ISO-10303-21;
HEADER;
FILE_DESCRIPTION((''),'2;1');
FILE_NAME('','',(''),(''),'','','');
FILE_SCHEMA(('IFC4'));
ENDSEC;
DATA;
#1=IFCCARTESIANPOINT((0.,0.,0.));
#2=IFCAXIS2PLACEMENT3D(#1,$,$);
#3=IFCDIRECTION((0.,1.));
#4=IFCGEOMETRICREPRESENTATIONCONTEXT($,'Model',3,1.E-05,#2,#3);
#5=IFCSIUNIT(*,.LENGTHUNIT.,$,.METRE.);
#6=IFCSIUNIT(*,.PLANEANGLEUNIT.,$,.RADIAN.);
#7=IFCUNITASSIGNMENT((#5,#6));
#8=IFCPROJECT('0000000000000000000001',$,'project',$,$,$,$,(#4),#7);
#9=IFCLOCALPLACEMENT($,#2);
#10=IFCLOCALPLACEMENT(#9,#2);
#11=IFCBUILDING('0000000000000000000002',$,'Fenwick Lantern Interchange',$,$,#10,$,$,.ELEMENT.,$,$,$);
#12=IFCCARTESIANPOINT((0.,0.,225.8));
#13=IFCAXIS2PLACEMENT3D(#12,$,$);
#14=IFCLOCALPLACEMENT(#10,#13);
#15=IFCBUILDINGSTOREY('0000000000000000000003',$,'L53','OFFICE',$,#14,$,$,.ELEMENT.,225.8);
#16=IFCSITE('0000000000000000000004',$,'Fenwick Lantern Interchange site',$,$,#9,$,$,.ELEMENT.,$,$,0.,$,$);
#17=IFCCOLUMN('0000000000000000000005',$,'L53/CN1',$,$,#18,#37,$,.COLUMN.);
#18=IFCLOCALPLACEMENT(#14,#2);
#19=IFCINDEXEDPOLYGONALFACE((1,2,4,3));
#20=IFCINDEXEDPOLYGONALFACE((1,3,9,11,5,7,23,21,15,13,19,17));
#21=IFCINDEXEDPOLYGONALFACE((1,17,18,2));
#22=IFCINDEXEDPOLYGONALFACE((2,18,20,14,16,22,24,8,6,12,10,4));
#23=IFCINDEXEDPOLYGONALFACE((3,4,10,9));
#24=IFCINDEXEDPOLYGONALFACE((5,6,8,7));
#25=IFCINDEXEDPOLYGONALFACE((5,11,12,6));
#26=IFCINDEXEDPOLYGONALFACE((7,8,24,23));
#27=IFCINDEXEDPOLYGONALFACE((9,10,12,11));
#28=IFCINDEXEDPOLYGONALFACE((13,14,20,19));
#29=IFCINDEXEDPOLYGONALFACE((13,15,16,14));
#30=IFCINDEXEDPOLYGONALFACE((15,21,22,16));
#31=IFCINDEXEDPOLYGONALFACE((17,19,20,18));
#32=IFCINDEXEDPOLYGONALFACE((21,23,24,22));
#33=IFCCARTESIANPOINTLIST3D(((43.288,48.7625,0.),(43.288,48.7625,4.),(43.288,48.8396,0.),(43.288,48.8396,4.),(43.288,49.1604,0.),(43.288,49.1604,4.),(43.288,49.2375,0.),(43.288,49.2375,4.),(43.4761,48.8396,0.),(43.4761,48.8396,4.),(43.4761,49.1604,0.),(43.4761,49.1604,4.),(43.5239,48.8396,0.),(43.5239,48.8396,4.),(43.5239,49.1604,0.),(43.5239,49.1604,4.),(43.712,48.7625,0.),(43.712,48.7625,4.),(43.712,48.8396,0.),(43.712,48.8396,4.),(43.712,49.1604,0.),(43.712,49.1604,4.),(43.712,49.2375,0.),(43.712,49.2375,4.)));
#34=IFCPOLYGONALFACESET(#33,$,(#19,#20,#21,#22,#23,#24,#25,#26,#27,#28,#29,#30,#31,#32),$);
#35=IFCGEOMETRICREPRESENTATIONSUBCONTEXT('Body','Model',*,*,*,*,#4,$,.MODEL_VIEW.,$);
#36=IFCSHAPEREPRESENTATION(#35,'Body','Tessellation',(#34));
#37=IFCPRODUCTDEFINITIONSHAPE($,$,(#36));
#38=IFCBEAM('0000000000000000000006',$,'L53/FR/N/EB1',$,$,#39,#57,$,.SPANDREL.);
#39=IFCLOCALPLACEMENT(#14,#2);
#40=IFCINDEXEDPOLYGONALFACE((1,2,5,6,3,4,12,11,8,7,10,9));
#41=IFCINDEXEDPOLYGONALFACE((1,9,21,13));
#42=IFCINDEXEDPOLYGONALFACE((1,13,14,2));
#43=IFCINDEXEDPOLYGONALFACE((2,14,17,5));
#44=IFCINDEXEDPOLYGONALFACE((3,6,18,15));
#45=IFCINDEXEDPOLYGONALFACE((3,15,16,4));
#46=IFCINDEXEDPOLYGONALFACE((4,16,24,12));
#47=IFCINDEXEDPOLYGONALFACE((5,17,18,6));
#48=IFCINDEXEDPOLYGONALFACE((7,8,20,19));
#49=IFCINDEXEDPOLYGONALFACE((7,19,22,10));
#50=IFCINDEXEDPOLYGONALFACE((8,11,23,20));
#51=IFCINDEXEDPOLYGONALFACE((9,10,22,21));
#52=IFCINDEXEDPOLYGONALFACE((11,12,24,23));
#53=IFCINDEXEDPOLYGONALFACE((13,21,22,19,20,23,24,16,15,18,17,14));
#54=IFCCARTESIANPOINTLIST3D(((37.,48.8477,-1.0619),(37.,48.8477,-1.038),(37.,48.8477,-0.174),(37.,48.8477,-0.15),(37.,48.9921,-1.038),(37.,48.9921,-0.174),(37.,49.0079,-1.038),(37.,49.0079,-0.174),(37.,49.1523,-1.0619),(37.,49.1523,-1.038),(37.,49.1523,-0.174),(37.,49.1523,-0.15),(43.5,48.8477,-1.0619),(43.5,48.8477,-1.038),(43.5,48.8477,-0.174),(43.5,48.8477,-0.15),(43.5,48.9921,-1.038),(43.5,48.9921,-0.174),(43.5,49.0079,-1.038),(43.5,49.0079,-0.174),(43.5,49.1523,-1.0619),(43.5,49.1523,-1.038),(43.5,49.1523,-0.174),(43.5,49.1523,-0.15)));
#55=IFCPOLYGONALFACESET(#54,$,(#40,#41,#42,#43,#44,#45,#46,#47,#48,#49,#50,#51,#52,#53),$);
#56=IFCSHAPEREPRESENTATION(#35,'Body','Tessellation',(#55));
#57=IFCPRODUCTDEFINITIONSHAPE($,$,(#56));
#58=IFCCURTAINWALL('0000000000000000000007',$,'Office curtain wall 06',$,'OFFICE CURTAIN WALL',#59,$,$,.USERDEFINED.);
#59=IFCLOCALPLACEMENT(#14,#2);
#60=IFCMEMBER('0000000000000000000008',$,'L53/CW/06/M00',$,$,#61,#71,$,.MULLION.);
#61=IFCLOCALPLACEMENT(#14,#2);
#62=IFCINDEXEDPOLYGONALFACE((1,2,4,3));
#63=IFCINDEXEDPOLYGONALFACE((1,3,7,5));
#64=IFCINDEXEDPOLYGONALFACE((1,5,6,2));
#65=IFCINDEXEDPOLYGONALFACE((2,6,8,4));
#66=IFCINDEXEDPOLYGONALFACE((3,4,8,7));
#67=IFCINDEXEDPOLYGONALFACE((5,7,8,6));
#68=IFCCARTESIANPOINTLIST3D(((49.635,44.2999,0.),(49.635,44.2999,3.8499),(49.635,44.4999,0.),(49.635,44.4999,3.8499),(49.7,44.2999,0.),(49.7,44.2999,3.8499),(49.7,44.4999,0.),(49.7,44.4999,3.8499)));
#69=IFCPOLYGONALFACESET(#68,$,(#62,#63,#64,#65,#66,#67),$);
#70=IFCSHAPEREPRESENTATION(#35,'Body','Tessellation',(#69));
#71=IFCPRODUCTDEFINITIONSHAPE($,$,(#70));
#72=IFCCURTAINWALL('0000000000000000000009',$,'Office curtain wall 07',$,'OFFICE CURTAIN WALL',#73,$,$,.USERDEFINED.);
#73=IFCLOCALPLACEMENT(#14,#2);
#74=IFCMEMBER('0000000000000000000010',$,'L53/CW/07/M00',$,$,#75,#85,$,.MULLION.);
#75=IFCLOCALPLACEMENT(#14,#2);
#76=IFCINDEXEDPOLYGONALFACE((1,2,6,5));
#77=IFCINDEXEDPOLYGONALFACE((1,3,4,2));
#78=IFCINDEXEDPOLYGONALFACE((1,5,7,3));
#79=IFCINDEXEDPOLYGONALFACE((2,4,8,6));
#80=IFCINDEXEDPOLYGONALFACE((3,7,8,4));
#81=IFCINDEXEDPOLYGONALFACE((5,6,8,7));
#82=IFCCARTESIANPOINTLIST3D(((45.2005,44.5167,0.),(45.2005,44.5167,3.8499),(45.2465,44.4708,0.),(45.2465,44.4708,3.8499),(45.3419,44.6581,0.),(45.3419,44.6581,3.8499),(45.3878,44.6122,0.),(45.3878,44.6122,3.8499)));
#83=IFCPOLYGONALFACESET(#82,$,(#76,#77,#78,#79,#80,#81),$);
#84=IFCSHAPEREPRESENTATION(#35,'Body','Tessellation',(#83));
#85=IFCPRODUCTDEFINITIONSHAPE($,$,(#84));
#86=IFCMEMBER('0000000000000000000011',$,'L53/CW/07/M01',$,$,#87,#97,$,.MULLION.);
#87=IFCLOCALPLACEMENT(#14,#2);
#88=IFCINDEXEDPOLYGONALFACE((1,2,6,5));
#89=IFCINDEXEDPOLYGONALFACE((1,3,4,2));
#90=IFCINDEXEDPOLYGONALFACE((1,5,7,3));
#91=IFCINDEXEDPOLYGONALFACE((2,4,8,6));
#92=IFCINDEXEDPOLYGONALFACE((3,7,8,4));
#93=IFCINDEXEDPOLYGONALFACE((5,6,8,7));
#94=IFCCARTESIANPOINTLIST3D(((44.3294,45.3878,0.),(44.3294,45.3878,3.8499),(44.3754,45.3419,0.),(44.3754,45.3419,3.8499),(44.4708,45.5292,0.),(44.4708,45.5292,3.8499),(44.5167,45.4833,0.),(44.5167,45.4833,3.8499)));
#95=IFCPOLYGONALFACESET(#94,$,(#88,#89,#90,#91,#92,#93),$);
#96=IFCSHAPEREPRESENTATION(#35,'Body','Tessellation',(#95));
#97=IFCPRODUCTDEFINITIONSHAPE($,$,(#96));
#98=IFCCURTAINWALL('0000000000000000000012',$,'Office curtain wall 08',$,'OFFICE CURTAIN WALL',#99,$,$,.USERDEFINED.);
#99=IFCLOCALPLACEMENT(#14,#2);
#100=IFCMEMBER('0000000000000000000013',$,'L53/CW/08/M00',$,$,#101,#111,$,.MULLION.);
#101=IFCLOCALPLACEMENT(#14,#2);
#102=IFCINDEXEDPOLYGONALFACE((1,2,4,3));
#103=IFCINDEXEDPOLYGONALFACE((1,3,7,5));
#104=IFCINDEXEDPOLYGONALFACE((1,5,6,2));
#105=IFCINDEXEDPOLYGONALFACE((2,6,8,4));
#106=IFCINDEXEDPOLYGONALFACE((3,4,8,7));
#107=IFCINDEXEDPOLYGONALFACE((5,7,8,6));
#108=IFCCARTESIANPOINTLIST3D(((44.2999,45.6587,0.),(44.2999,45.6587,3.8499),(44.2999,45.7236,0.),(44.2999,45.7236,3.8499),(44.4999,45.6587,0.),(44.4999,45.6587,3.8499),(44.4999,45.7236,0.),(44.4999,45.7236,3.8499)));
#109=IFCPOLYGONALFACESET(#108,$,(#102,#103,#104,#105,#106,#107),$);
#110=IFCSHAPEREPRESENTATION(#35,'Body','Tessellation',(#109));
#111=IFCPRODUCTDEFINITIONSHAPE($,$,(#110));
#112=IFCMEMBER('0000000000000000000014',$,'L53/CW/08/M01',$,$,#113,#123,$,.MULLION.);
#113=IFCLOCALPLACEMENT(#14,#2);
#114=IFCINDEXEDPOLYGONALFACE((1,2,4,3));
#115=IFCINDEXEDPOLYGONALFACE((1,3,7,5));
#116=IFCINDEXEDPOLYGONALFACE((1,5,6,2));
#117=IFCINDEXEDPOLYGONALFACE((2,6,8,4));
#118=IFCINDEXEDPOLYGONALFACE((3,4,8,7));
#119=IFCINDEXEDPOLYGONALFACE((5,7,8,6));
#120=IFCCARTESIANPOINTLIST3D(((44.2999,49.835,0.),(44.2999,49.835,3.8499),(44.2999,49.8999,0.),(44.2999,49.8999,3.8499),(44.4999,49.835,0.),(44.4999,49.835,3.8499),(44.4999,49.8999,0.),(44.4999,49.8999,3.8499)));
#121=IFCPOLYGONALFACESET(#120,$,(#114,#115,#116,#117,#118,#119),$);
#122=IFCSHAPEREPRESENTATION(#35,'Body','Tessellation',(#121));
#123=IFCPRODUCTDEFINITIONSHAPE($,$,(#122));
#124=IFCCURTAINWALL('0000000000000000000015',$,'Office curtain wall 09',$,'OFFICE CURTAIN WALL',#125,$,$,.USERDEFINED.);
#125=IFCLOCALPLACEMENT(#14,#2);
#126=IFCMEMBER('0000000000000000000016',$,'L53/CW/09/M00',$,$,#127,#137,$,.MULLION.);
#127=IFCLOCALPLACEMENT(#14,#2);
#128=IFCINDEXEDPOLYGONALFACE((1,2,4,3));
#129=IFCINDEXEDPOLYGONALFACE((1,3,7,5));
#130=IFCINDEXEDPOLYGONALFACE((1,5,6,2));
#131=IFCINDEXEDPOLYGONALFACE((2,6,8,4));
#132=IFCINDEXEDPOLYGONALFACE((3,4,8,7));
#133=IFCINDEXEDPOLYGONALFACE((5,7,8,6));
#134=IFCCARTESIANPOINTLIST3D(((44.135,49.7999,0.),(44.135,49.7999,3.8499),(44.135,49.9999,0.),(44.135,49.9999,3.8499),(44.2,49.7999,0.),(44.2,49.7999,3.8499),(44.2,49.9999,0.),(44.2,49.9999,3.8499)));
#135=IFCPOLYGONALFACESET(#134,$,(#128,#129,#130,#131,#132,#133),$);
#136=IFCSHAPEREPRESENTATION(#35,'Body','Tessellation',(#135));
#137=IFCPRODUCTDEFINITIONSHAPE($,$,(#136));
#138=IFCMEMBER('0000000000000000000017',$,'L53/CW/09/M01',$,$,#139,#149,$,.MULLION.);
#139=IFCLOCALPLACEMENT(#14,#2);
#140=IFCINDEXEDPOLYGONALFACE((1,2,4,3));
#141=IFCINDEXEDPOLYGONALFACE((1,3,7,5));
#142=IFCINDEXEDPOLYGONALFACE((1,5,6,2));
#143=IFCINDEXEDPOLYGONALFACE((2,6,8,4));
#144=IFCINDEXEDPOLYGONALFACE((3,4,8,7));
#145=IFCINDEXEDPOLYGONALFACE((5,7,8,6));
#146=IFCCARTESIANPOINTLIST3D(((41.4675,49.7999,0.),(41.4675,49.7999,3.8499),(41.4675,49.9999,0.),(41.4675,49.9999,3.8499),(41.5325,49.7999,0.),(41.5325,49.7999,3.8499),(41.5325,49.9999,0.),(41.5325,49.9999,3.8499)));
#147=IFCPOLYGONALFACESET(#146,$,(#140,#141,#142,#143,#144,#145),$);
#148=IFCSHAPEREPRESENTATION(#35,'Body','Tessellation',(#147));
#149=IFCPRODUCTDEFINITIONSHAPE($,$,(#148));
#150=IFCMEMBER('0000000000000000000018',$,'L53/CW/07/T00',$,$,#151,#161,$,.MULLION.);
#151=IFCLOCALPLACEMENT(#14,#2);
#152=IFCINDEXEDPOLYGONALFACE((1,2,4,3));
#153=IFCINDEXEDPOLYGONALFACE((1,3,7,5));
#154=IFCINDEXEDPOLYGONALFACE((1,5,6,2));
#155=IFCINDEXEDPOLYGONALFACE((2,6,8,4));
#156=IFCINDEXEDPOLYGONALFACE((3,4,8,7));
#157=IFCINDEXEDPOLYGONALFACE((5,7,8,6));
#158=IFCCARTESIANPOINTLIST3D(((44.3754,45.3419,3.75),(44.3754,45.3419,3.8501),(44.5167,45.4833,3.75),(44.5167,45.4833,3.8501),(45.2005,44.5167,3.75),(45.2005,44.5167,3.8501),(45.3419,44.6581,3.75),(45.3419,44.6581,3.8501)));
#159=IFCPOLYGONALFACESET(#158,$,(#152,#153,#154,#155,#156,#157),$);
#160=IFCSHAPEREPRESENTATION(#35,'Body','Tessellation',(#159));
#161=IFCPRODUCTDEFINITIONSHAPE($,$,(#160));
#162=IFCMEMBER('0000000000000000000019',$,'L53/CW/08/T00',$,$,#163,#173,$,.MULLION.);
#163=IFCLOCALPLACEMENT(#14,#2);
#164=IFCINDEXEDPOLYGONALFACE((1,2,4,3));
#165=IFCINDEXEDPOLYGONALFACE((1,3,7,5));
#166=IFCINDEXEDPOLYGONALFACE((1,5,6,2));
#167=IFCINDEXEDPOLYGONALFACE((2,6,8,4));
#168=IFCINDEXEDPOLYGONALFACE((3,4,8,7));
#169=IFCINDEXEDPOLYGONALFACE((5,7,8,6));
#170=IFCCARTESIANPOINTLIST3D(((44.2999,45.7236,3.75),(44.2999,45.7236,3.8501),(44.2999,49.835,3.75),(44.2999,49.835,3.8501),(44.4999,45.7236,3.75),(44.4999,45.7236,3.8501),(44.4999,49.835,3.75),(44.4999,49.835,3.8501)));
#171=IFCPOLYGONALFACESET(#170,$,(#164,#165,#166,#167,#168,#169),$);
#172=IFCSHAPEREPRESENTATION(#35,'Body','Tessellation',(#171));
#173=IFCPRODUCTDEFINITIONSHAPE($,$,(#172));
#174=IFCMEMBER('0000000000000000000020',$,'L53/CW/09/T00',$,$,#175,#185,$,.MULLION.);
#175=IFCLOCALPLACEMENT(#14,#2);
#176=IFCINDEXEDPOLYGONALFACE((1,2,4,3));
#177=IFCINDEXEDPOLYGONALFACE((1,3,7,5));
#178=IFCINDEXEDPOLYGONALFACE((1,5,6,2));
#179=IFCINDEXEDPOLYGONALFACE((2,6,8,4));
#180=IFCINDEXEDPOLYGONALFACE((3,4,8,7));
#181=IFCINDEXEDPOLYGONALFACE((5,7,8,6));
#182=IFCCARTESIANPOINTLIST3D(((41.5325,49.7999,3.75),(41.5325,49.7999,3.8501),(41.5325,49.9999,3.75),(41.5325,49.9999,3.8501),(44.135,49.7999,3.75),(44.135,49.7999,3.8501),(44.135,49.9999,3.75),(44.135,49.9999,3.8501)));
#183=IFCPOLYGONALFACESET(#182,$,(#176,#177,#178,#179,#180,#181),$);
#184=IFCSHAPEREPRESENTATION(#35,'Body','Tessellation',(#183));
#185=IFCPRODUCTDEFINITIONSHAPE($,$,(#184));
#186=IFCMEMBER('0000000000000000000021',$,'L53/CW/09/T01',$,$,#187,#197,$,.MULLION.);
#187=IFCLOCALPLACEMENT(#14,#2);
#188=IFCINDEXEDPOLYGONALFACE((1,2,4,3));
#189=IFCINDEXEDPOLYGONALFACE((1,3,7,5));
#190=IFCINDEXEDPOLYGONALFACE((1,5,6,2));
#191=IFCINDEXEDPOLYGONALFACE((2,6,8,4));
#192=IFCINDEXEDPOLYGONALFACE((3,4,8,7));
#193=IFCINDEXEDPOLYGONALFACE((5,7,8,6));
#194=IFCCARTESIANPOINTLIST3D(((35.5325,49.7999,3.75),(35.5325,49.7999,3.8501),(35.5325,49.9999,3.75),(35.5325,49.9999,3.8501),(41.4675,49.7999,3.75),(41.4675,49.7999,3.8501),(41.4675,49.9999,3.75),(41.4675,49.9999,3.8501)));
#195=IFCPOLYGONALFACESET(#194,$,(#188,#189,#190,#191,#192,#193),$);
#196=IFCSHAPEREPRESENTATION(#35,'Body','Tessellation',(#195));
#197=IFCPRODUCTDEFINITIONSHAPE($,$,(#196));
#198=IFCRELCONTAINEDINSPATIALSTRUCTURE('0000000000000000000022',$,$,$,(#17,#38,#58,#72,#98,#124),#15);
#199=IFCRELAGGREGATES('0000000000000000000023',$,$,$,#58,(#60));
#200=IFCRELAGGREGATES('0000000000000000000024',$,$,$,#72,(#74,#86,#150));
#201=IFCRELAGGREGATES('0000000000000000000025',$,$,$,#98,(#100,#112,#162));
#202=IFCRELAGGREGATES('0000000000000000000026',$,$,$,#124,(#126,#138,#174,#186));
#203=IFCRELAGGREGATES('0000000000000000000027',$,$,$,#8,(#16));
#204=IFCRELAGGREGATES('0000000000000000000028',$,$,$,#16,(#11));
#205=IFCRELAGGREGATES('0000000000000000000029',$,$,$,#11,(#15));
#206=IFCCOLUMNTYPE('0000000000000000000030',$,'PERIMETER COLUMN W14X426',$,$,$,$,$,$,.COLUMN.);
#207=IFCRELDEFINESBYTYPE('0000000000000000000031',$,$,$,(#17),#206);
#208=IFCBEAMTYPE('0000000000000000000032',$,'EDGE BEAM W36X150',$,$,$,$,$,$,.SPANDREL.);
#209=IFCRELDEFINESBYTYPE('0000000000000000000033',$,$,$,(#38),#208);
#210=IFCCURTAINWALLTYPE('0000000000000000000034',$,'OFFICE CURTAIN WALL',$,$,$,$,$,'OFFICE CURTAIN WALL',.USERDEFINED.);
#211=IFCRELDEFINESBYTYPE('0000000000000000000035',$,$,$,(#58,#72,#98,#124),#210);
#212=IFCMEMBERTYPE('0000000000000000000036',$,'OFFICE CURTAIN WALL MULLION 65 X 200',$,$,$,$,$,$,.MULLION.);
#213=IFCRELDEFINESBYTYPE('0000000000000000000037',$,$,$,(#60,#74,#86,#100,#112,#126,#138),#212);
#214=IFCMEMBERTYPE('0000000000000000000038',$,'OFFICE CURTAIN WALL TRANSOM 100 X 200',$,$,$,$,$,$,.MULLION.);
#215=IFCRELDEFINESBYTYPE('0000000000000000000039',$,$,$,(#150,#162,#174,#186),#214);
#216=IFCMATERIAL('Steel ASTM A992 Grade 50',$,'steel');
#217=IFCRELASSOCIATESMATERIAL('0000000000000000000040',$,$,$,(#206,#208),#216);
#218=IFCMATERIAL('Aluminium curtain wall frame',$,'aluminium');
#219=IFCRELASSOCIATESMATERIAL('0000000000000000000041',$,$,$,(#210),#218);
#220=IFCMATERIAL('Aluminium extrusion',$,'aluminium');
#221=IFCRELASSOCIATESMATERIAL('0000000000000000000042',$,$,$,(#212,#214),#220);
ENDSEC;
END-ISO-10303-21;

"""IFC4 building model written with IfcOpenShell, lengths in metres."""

from ifc_helpers import new_model, si_unit, direction, frame, origin, origin_2d, place, context, subcontext, project, spatial, rectangle, i_section, extrude, material, material_profile, profile_set, type_object, element, aggregate, save


model = new_model("IFC4")

# Units and contexts
model_context = context("Model", 3, precision=1e-05, world=origin(), true_north=direction((0.0, 1.0)))
body_context = subcontext(model_context, "Body", "Model", "MODEL_VIEW")
ifc_project = project(units=[si_unit("LENGTHUNIT", "METRE"), si_unit("PLANEANGLEUNIT", "RADIAN")], contexts=[model_context])

# Site, building, storey
site_placement = place(None, origin())
site = spatial("IfcSite", under=ifc_project, at=site_placement, Name="Fenwick Lantern Interchange site", CompositionType="ELEMENT", RefElevation=0.0)
building_placement = place(site_placement, origin())
building = spatial("IfcBuilding", under=site, at=building_placement, Name="Fenwick Lantern Interchange", CompositionType="ELEMENT")
storey_placement = place(building_placement, frame((0.0, 0.0, 225.8)))
storey = spatial("IfcBuildingStorey", under=building, at=storey_placement, Name="L53", Description="OFFICE", CompositionType="ELEMENT", Elevation=225.8)

# Column
ifc_material_1 = material(Name="Steel ASTM A992 Grade 50", Category="steel")
ifc_material_profile_1 = material_profile(ifc_material_1, i_section(OverallWidth=0.4241, OverallDepth=0.4751, WebThickness=0.0479, FlangeThickness=0.0771, at=origin_2d()), Name="W14X426")
ifc_profile_set_1 = profile_set([ifc_material_profile_1], Name="Steel ASTM A992 Grade 50")
column_type = type_object("IfcColumnType", Name="PERIMETER COLUMN W14X426", PredefinedType="COLUMN", material=ifc_profile_set_1)
column_placement = place(storey_placement, frame((43.5, 49.0, 0.0), z_axis=(0.0, 0.0, 1.0), x_axis=(1.0, 0.0, 0.0)))
element("IfcColumn", 1, at=column_placement, inside=storey, type_object=column_type, Name="L53/CN1", PredefinedType="COLUMN", context=body_context, shape_type="SweptSolid", body=[
    extrude(i_section(OverallWidth=0.4241, OverallDepth=0.4751, WebThickness=0.0479, FlangeThickness=0.0771, at=origin_2d()), origin(), (0.0, 0.0, 1.0), 4.0),
])

# Beam
ifc_material_profile_2 = material_profile(ifc_material_1, i_section(OverallWidth=0.3047, OverallDepth=0.9119, WebThickness=0.0159, FlangeThickness=0.0239, at=origin_2d()), Name="W36X150")
ifc_profile_set_2 = profile_set([ifc_material_profile_2], Name="Steel ASTM A992 Grade 50")
beam_type = type_object("IfcBeamType", Name="EDGE BEAM W36X150", PredefinedType="SPANDREL", material=ifc_profile_set_2)
beam_placement = place(storey_placement, frame((43.5, 49.0, -0.606), z_axis=(-1.0, 0.0, 0.0), x_axis=(0.0, -1.0, 0.0)))
element("IfcBeam", 2, at=beam_placement, inside=storey, type_object=beam_type, Name="L53/FR/N/EB1", PredefinedType="SPANDREL", context=body_context, shape_type="SweptSolid", body=[
    extrude(i_section(OverallWidth=0.3047, OverallDepth=0.9119, WebThickness=0.0159, FlangeThickness=0.0239, at=origin_2d()), origin(), (0.0, 0.0, 1.0), 6.5),
])

# Curtain wall, member
ifc_material_2 = material(Name="Aluminium curtain wall frame", Category="aluminium")
curtain_wall_type = type_object("IfcCurtainWallType", Name="OFFICE CURTAIN WALL", ElementType="OFFICE CURTAIN WALL", PredefinedType="USERDEFINED", material=ifc_material_2)
curtain_wall_1_placement = place(storey_placement, origin())
curtain_wall_1 = element("IfcCurtainWall", 3, at=curtain_wall_1_placement, inside=storey, type_object=curtain_wall_type, Name="Office curtain wall 06", ObjectType="OFFICE CURTAIN WALL", PredefinedType="USERDEFINED")
ifc_material_3 = material(Name="Aluminium extrusion", Category="aluminium")
ifc_material_profile_3 = material_profile(ifc_material_3, rectangle(XDim=0.2, YDim=0.0649, at=origin_2d()), Name="OFFICE CURTAIN WALL MULLION 65 X 200")
ifc_profile_set_3 = profile_set([ifc_material_profile_3], Name="Aluminium extrusion")
member_type_1 = type_object("IfcMemberType", Name="OFFICE CURTAIN WALL MULLION 65 X 200", PredefinedType="MULLION", material=ifc_profile_set_3)
member_1_placement = place(storey_placement, frame((49.6675, 44.3999, 0.0), z_axis=(0.0, 0.0, 1.0), x_axis=(0.0, -1.0, 0.0)))
member_1 = element("IfcMember", 4, at=member_1_placement, type_object=member_type_1, Name="L53/CW/06/M00", PredefinedType="MULLION", context=body_context, shape_type="SweptSolid", body=[
    extrude(rectangle(XDim=0.2, YDim=0.0649, at=origin_2d()), origin(), (0.0, 0.0, 1.0), 3.8499),
])
aggregate(curtain_wall_1, [member_1])

# Curtain walls, members
curtain_wall_2_placement = place(storey_placement, origin())
curtain_wall_2 = element("IfcCurtainWall", 5, at=curtain_wall_2_placement, inside=storey, type_object=curtain_wall_type, Name="Office curtain wall 07", ObjectType="OFFICE CURTAIN WALL", PredefinedType="USERDEFINED")
member_2_placement = place(storey_placement, frame((45.2942, 44.5645, 0.0), z_axis=(0.0, 0.0, 1.0), x_axis=(-0.707107, -0.707107, 0.0)))
member_2 = element("IfcMember", 6, at=member_2_placement, type_object=member_type_1, Name="L53/CW/07/M00", PredefinedType="MULLION", context=body_context, shape_type="SweptSolid", body=[
    extrude(rectangle(XDim=0.2, YDim=0.0649, at=origin_2d()), origin(), (0.0, 0.0, 1.0), 3.8499),
])
member_3_placement = place(storey_placement, frame((44.4231, 45.4355, 0.0), z_axis=(0.0, 0.0, 1.0), x_axis=(-0.707107, -0.707107, 0.0)))
member_3 = element("IfcMember", 7, at=member_3_placement, type_object=member_type_1, Name="L53/CW/07/M01", PredefinedType="MULLION", context=body_context, shape_type="SweptSolid", body=[
    extrude(rectangle(XDim=0.2, YDim=0.0649, at=origin_2d()), origin(), (0.0, 0.0, 1.0), 3.8499),
])
curtain_wall_3_placement = place(storey_placement, origin())
curtain_wall_3 = element("IfcCurtainWall", 8, at=curtain_wall_3_placement, inside=storey, type_object=curtain_wall_type, Name="Office curtain wall 08", ObjectType="OFFICE CURTAIN WALL", PredefinedType="USERDEFINED")
member_4_placement = place(storey_placement, frame((44.3999, 45.6912, 0.0), z_axis=(0.0, 0.0, 1.0), x_axis=(-1.0, 0.0, 0.0)))
member_4 = element("IfcMember", 9, at=member_4_placement, type_object=member_type_1, Name="L53/CW/08/M00", PredefinedType="MULLION", context=body_context, shape_type="SweptSolid", body=[
    extrude(rectangle(XDim=0.2, YDim=0.0649, at=origin_2d()), origin(), (0.0, 0.0, 1.0), 3.8499),
])
member_5_placement = place(storey_placement, frame((44.3999, 49.8674, 0.0), z_axis=(0.0, 0.0, 1.0), x_axis=(-1.0, 0.0, 0.0)))
member_5 = element("IfcMember", 10, at=member_5_placement, type_object=member_type_1, Name="L53/CW/08/M01", PredefinedType="MULLION", context=body_context, shape_type="SweptSolid", body=[
    extrude(rectangle(XDim=0.2, YDim=0.0649, at=origin_2d()), origin(), (0.0, 0.0, 1.0), 3.8499),
])
curtain_wall_4_placement = place(storey_placement, origin())
curtain_wall_4 = element("IfcCurtainWall", 11, at=curtain_wall_4_placement, inside=storey, type_object=curtain_wall_type, Name="Office curtain wall 09", ObjectType="OFFICE CURTAIN WALL", PredefinedType="USERDEFINED")
member_6_placement = place(storey_placement, frame((44.1675, 49.8999, 0.0), z_axis=(0.0, 0.0, 1.0), x_axis=(0.0, -1.0, 0.0)))
member_6 = element("IfcMember", 12, at=member_6_placement, type_object=member_type_1, Name="L53/CW/09/M00", PredefinedType="MULLION", context=body_context, shape_type="SweptSolid", body=[
    extrude(rectangle(XDim=0.2, YDim=0.0649, at=origin_2d()), origin(), (0.0, 0.0, 1.0), 3.8499),
])
member_7_placement = place(storey_placement, frame((41.5, 49.8999, 0.0), z_axis=(0.0, 0.0, 1.0), x_axis=(0.0, -1.0, 0.0)))
member_7 = element("IfcMember", 13, at=member_7_placement, type_object=member_type_1, Name="L53/CW/09/M01", PredefinedType="MULLION", context=body_context, shape_type="SweptSolid", body=[
    extrude(rectangle(XDim=0.2, YDim=0.0649, at=origin_2d()), origin(), (0.0, 0.0, 1.0), 3.8499),
])

# Members
ifc_material_profile_4 = material_profile(ifc_material_3, rectangle(XDim=0.2, YDim=0.1001, at=origin_2d()), Name="OFFICE CURTAIN WALL TRANSOM 100 X 200")
ifc_profile_set_4 = profile_set([ifc_material_profile_4], Name="Aluminium extrusion")
member_type_2 = type_object("IfcMemberType", Name="OFFICE CURTAIN WALL TRANSOM 100 X 200", PredefinedType="MULLION", material=ifc_profile_set_4)
member_8_placement = place(storey_placement, frame((45.2712, 44.5874, 3.8), z_axis=(-0.707107, 0.707107, 0.0), x_axis=(-0.707107, -0.707107, 0.0)))
member_8 = element("IfcMember", 14, at=member_8_placement, type_object=member_type_2, Name="L53/CW/07/T00", PredefinedType="MULLION", context=body_context, shape_type="SweptSolid", body=[
    extrude(rectangle(XDim=0.2, YDim=0.1001, at=origin_2d()), origin(), (0.0, 0.0, 1.0), 1.167),
])
member_9_placement = place(storey_placement, frame((44.3999, 45.7236, 3.8), z_axis=(0.0, 1.0, 0.0), x_axis=(-1.0, 0.0, 0.0)))
member_9 = element("IfcMember", 15, at=member_9_placement, type_object=member_type_2, Name="L53/CW/08/T00", PredefinedType="MULLION", context=body_context, shape_type="SweptSolid", body=[
    extrude(rectangle(XDim=0.2, YDim=0.1001, at=origin_2d()), origin(), (0.0, 0.0, 1.0), 4.1113),
])
member_10_placement = place(storey_placement, frame((44.135, 49.8999, 3.8), z_axis=(-1.0, 0.0, 0.0), x_axis=(0.0, -1.0, 0.0)))
member_10 = element("IfcMember", 16, at=member_10_placement, type_object=member_type_2, Name="L53/CW/09/T00", PredefinedType="MULLION", context=body_context, shape_type="SweptSolid", body=[
    extrude(rectangle(XDim=0.2, YDim=0.1001, at=origin_2d()), origin(), (0.0, 0.0, 1.0), 2.6025),
])
member_11_placement = place(storey_placement, frame((41.4675, 49.8999, 3.8), z_axis=(-1.0, 0.0, 0.0), x_axis=(0.0, -1.0, 0.0)))
member_11 = element("IfcMember", 17, at=member_11_placement, type_object=member_type_2, Name="L53/CW/09/T01", PredefinedType="MULLION", context=body_context, shape_type="SweptSolid", body=[
    extrude(rectangle(XDim=0.2, YDim=0.1001, at=origin_2d()), origin(), (0.0, 0.0, 1.0), 5.9351),
])

aggregate(curtain_wall_2, [member_2, member_3, member_8])
aggregate(curtain_wall_3, [member_4, member_5, member_9])
aggregate(curtain_wall_4, [member_6, member_7, member_10, member_11])

save(model, "model.ifc")
